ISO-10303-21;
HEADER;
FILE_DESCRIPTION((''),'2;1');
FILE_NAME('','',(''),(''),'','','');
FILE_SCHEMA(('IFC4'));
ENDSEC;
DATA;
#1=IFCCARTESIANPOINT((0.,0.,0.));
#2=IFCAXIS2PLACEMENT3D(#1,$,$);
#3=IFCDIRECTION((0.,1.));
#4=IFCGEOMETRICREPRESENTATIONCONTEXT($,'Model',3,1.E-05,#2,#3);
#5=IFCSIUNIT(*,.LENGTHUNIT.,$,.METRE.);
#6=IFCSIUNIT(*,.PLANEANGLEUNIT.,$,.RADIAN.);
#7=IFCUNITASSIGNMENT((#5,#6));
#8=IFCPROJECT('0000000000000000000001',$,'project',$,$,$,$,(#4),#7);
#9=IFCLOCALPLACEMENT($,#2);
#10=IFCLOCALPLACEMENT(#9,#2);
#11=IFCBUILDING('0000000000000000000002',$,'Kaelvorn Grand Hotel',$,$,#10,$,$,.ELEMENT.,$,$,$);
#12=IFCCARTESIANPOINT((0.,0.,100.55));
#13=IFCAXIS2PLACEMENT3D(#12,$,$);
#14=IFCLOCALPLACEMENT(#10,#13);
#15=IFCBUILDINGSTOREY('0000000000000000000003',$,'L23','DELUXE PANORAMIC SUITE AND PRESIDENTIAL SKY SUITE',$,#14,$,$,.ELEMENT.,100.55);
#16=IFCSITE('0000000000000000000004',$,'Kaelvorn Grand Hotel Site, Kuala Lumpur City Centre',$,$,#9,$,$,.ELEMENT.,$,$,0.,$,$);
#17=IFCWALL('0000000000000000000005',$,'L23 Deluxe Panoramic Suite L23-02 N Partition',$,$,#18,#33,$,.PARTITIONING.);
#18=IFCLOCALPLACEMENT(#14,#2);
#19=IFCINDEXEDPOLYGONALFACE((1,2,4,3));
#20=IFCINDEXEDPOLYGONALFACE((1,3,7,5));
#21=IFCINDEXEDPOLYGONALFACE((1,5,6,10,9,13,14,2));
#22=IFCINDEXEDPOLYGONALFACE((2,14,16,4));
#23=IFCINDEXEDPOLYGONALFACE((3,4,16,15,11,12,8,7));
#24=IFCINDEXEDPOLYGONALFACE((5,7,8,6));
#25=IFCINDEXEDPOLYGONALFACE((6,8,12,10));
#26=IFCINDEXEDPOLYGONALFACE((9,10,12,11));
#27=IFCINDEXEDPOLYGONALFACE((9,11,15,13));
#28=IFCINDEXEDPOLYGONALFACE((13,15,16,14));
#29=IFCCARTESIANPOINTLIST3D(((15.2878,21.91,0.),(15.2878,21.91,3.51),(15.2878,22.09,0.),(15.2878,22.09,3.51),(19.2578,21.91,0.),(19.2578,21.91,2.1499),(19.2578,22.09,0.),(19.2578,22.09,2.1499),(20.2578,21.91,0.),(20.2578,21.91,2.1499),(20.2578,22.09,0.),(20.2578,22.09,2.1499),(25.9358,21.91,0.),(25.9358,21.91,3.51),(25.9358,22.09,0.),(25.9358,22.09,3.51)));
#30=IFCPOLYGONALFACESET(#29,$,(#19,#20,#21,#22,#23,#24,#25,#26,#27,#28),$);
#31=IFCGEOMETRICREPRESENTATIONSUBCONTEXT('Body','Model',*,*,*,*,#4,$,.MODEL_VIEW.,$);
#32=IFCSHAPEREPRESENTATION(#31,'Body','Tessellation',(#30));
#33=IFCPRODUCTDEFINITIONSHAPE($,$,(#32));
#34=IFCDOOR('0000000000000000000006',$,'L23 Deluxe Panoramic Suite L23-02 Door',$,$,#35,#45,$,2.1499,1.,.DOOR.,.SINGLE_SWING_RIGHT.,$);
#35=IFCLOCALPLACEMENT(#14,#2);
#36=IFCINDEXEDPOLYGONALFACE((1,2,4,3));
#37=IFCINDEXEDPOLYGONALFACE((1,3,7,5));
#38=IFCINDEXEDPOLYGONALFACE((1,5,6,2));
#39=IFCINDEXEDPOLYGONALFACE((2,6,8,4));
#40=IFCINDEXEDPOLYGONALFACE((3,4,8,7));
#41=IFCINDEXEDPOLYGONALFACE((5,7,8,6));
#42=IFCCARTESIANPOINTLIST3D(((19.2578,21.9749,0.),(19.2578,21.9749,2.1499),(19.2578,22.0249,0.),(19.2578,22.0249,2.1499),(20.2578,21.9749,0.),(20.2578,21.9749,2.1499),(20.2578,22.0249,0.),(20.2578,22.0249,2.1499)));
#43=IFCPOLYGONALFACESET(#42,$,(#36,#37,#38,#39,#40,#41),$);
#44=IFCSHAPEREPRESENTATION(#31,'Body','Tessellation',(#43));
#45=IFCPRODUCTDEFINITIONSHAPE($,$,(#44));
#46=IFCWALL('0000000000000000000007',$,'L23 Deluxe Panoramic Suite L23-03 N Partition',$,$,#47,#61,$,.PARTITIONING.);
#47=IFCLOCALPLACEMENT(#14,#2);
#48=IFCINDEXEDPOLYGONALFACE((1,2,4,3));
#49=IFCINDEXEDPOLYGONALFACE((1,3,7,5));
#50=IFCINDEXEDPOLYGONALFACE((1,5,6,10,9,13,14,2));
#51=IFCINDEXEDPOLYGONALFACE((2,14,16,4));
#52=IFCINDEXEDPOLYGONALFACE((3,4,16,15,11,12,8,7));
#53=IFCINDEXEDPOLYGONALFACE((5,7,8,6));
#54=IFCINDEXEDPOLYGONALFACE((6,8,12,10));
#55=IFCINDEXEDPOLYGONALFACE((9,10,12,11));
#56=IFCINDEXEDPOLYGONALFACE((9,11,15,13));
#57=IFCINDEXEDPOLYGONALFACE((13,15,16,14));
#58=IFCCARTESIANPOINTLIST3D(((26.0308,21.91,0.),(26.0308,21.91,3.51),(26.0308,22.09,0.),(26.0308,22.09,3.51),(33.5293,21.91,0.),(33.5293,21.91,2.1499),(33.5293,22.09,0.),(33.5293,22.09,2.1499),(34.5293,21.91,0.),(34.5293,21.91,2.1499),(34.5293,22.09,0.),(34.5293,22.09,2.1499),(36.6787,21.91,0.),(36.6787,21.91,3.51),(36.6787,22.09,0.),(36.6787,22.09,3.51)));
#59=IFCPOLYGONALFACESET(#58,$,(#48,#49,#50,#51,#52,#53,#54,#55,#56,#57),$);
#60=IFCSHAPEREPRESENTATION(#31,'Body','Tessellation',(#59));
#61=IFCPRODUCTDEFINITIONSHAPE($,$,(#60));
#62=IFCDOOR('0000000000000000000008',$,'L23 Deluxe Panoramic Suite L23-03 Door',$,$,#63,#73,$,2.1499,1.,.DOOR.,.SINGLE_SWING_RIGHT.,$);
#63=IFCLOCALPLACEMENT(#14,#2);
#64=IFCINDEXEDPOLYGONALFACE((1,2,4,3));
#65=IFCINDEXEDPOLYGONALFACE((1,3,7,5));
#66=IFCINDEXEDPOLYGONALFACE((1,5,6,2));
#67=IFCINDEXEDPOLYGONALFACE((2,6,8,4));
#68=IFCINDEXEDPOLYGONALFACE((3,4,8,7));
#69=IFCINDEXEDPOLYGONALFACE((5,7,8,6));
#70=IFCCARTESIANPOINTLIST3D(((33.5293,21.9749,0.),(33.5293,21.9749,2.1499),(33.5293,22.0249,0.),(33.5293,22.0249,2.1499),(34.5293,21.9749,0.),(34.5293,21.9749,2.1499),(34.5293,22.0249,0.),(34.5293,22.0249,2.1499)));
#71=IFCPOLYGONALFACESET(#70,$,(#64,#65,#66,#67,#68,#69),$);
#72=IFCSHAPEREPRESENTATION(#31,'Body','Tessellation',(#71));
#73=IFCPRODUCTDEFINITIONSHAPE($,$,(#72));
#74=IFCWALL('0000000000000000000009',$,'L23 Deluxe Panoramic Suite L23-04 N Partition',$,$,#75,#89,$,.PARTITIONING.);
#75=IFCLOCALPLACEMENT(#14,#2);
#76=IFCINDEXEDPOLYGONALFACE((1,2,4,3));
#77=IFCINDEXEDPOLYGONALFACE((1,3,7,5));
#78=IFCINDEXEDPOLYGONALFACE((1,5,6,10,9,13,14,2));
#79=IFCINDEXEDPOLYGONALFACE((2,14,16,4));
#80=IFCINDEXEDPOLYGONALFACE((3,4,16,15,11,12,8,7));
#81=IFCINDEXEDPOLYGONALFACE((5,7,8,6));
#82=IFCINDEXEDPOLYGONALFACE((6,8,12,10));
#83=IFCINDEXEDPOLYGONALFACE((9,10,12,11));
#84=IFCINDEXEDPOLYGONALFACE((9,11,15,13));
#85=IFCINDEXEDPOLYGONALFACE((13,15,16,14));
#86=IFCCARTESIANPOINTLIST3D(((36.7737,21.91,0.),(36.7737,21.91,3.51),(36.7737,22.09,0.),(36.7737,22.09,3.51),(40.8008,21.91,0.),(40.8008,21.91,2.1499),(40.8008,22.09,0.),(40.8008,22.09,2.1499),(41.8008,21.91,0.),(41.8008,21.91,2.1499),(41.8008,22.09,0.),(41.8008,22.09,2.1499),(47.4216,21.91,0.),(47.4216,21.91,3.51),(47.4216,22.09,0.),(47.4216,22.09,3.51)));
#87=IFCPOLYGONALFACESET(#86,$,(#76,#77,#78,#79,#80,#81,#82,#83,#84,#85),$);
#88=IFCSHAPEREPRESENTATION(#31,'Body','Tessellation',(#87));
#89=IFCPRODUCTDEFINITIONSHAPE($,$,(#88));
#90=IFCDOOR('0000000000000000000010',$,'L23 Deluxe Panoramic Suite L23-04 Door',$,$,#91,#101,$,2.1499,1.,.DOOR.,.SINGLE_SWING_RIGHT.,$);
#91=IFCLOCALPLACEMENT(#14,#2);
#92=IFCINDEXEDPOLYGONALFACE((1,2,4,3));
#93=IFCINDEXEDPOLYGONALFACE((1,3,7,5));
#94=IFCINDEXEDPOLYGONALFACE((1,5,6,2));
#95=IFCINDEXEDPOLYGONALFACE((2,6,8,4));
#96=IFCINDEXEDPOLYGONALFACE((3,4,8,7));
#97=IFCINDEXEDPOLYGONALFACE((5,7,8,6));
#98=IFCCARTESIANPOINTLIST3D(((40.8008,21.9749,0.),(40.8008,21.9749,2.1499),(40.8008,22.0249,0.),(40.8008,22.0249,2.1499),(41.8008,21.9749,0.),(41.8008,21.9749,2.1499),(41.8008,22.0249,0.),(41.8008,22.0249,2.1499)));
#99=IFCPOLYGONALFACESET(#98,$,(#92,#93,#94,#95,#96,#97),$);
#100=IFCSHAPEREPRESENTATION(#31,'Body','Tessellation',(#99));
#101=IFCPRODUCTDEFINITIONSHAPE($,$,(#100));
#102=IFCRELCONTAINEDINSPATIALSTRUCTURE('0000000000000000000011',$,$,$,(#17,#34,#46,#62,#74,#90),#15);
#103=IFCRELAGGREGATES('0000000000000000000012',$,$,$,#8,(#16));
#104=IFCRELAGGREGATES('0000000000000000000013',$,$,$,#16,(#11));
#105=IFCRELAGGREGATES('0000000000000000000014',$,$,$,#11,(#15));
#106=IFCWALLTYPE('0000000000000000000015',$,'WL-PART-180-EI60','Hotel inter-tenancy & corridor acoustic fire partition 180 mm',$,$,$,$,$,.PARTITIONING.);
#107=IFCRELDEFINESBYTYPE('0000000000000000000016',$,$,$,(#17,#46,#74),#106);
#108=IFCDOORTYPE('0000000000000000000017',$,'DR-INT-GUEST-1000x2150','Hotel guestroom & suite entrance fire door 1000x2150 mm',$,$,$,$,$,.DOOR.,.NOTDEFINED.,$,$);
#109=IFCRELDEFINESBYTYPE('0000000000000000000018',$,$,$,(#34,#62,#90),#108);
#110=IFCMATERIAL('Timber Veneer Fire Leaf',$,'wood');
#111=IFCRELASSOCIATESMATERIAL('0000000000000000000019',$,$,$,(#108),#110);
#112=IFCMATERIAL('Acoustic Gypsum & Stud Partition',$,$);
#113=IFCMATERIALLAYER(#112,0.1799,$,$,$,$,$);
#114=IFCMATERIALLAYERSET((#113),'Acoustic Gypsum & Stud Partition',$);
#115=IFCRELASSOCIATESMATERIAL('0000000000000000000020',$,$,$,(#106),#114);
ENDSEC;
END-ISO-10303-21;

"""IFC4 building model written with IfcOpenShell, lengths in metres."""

from ifc_helpers import new_model, si_unit, direction, frame, frame_2d, origin, place, context, subcontext, project, spatial, rectangle, extrude, material, layer, layer_set, type_object, element, fill, save


model = new_model("IFC4")

# Units and contexts
model_context = context("Model", 3, precision=1e-05, world=origin(), true_north=direction((0.0, 1.0)))
body_context = subcontext(model_context, "Body", "Model", "MODEL_VIEW")
ifc_project = project(units=[si_unit("LENGTHUNIT", "METRE"), si_unit("PLANEANGLEUNIT", "RADIAN")], contexts=[model_context])

# Site, building, storey
site_placement = place(None, origin())
site = spatial("IfcSite", under=ifc_project, at=site_placement, Name="Kaelvorn Grand Hotel Site, Kuala Lumpur City Centre", CompositionType="ELEMENT", RefElevation=0.0)
building_placement = place(site_placement, origin())
building = spatial("IfcBuilding", under=site, at=building_placement, Name="Kaelvorn Grand Hotel", CompositionType="ELEMENT")
storey_placement = place(building_placement, frame((0.0, 0.0, 100.55)))
storey = spatial("IfcBuildingStorey", under=building, at=storey_placement, Name="L23", Description="DELUXE PANORAMIC SUITE AND PRESIDENTIAL SKY SUITE", CompositionType="ELEMENT", Elevation=100.55)

# Shared definitions
ifc_material_1 = material(Name="Acoustic Gypsum & Stud Partition")
ifc_material_2 = material(Name="Timber Veneer Fire Leaf", Category="wood")
door_type_1 = type_object("IfcDoorType", Name="DR-INT-GUEST-1000x2150", Description="Hotel guestroom & suite entrance fire door 1000x2150 mm", OperationType="NOTDEFINED", PredefinedType="DOOR", material=ifc_material_2)

# Walls, openings, doors
ifc_layer_1 = layer(ifc_material_1, 0.1799)
ifc_layer_set_1 = layer_set([ifc_layer_1], Name="Acoustic Gypsum & Stud Partition")
wall_type_1 = type_object("IfcWallType", Name="WL-PART-180-EI60", Description="Hotel inter-tenancy & corridor acoustic fire partition 180 mm", PredefinedType="PARTITIONING", material=ifc_layer_set_1)
wall_1_placement = place(storey_placement, frame((15.2878, 22.0, 0.0), z_axis=(0.0, 0.0, 1.0), x_axis=(1.0, 0.0, 0.0)))
wall_1 = element("IfcWall", 1, at=wall_1_placement, inside=storey, type_object=wall_type_1, Name="L23 Deluxe Panoramic Suite L23-02 N Partition", PredefinedType="PARTITIONING", context=body_context, shape_type="SweptSolid", body=[
    extrude(rectangle(XDim=10.6479, YDim=0.1799, at=frame_2d((5.324, 0.0))), origin(), (0.0, 0.0, 1.0), 3.51),
])
opening_1_placement = place(wall_1_placement, frame((3.97, 0.0, 0.0)))
opening_1 = element("IfcOpeningElement", 2, at=opening_1_placement, cuts=wall_1, PredefinedType="OPENING", context=body_context, shape_type="SweptSolid", body=[
    extrude(rectangle(XDim=1.0, YDim=2.1499, at=frame_2d((0.5, 1.075))), frame((0.0, 0.1001, 0.0), z_axis=(0.0, -1.0, 0.0), x_axis=(1.0, 0.0, 0.0)), (0.0, 0.0, 1.0), 0.2),
])
door_1_placement = place(opening_1_placement, origin())
door_1 = element("IfcDoor", 3, at=door_1_placement, inside=storey, type_object=door_type_1, Name="L23 Deluxe Panoramic Suite L23-02 Door", OperationType="SINGLE_SWING_RIGHT", OverallHeight=2.1499, OverallWidth=1.0, PredefinedType="DOOR", context=body_context, shape_type="SweptSolid", body=[
    extrude(rectangle(XDim=1.0, YDim=2.1499, at=frame_2d((0.5, 1.075))), frame((0.0, 0.0249, 0.0), z_axis=(0.0, -1.0, 0.0), x_axis=(1.0, 0.0, 0.0)), (0.0, 0.0, 1.0), 0.05),
])
fill(opening_1, door_1)
wall_2_placement = place(storey_placement, frame((26.0308, 22.0, 0.0), z_axis=(0.0, 0.0, 1.0), x_axis=(1.0, 0.0, 0.0)))
wall_2 = element("IfcWall", 4, at=wall_2_placement, inside=storey, type_object=wall_type_1, Name="L23 Deluxe Panoramic Suite L23-03 N Partition", PredefinedType="PARTITIONING", context=body_context, shape_type="SweptSolid", body=[
    extrude(rectangle(XDim=10.6479, YDim=0.1799, at=frame_2d((5.324, 0.0))), origin(), (0.0, 0.0, 1.0), 3.51),
])
opening_2_placement = place(wall_2_placement, frame((7.4985, 0.0, 0.0)))
opening_2 = element("IfcOpeningElement", 5, at=opening_2_placement, cuts=wall_2, PredefinedType="OPENING", context=body_context, shape_type="SweptSolid", body=[
    extrude(rectangle(XDim=1.0, YDim=2.1499, at=frame_2d((0.5, 1.075))), frame((0.0, 0.1001, 0.0), z_axis=(0.0, -1.0, 0.0), x_axis=(1.0, 0.0, 0.0)), (0.0, 0.0, 1.0), 0.2),
])
door_2_placement = place(opening_2_placement, origin())
door_2 = element("IfcDoor", 6, at=door_2_placement, inside=storey, type_object=door_type_1, Name="L23 Deluxe Panoramic Suite L23-03 Door", OperationType="SINGLE_SWING_RIGHT", OverallHeight=2.1499, OverallWidth=1.0, PredefinedType="DOOR", context=body_context, shape_type="SweptSolid", body=[
    extrude(rectangle(XDim=1.0, YDim=2.1499, at=frame_2d((0.5, 1.075))), frame((0.0, 0.0249, 0.0), z_axis=(0.0, -1.0, 0.0), x_axis=(1.0, 0.0, 0.0)), (0.0, 0.0, 1.0), 0.05),
])
fill(opening_2, door_2)
wall_3_placement = place(storey_placement, frame((36.7737, 22.0, 0.0), z_axis=(0.0, 0.0, 1.0), x_axis=(1.0, 0.0, 0.0)))
wall_3 = element("IfcWall", 7, at=wall_3_placement, inside=storey, type_object=wall_type_1, Name="L23 Deluxe Panoramic Suite L23-04 N Partition", PredefinedType="PARTITIONING", context=body_context, shape_type="SweptSolid", body=[
    extrude(rectangle(XDim=10.6479, YDim=0.1799, at=frame_2d((5.324, 0.0))), origin(), (0.0, 0.0, 1.0), 3.51),
])
opening_3_placement = place(wall_3_placement, frame((4.0271, 0.0, 0.0)))
opening_3 = element("IfcOpeningElement", 8, at=opening_3_placement, cuts=wall_3, PredefinedType="OPENING", context=body_context, shape_type="SweptSolid", body=[
    extrude(rectangle(XDim=1.0, YDim=2.1499, at=frame_2d((0.5, 1.075))), frame((0.0, 0.1001, 0.0), z_axis=(0.0, -1.0, 0.0), x_axis=(1.0, 0.0, 0.0)), (0.0, 0.0, 1.0), 0.2),
])
door_3_placement = place(opening_3_placement, origin())
door_3 = element("IfcDoor", 9, at=door_3_placement, inside=storey, type_object=door_type_1, Name="L23 Deluxe Panoramic Suite L23-04 Door", OperationType="SINGLE_SWING_RIGHT", OverallHeight=2.1499, OverallWidth=1.0, PredefinedType="DOOR", context=body_context, shape_type="SweptSolid", body=[
    extrude(rectangle(XDim=1.0, YDim=2.1499, at=frame_2d((0.5, 1.075))), frame((0.0, 0.0249, 0.0), z_axis=(0.0, -1.0, 0.0), x_axis=(1.0, 0.0, 0.0)), (0.0, 0.0, 1.0), 0.05),
])
fill(opening_3, door_3)

save(model, "model.ifc")
